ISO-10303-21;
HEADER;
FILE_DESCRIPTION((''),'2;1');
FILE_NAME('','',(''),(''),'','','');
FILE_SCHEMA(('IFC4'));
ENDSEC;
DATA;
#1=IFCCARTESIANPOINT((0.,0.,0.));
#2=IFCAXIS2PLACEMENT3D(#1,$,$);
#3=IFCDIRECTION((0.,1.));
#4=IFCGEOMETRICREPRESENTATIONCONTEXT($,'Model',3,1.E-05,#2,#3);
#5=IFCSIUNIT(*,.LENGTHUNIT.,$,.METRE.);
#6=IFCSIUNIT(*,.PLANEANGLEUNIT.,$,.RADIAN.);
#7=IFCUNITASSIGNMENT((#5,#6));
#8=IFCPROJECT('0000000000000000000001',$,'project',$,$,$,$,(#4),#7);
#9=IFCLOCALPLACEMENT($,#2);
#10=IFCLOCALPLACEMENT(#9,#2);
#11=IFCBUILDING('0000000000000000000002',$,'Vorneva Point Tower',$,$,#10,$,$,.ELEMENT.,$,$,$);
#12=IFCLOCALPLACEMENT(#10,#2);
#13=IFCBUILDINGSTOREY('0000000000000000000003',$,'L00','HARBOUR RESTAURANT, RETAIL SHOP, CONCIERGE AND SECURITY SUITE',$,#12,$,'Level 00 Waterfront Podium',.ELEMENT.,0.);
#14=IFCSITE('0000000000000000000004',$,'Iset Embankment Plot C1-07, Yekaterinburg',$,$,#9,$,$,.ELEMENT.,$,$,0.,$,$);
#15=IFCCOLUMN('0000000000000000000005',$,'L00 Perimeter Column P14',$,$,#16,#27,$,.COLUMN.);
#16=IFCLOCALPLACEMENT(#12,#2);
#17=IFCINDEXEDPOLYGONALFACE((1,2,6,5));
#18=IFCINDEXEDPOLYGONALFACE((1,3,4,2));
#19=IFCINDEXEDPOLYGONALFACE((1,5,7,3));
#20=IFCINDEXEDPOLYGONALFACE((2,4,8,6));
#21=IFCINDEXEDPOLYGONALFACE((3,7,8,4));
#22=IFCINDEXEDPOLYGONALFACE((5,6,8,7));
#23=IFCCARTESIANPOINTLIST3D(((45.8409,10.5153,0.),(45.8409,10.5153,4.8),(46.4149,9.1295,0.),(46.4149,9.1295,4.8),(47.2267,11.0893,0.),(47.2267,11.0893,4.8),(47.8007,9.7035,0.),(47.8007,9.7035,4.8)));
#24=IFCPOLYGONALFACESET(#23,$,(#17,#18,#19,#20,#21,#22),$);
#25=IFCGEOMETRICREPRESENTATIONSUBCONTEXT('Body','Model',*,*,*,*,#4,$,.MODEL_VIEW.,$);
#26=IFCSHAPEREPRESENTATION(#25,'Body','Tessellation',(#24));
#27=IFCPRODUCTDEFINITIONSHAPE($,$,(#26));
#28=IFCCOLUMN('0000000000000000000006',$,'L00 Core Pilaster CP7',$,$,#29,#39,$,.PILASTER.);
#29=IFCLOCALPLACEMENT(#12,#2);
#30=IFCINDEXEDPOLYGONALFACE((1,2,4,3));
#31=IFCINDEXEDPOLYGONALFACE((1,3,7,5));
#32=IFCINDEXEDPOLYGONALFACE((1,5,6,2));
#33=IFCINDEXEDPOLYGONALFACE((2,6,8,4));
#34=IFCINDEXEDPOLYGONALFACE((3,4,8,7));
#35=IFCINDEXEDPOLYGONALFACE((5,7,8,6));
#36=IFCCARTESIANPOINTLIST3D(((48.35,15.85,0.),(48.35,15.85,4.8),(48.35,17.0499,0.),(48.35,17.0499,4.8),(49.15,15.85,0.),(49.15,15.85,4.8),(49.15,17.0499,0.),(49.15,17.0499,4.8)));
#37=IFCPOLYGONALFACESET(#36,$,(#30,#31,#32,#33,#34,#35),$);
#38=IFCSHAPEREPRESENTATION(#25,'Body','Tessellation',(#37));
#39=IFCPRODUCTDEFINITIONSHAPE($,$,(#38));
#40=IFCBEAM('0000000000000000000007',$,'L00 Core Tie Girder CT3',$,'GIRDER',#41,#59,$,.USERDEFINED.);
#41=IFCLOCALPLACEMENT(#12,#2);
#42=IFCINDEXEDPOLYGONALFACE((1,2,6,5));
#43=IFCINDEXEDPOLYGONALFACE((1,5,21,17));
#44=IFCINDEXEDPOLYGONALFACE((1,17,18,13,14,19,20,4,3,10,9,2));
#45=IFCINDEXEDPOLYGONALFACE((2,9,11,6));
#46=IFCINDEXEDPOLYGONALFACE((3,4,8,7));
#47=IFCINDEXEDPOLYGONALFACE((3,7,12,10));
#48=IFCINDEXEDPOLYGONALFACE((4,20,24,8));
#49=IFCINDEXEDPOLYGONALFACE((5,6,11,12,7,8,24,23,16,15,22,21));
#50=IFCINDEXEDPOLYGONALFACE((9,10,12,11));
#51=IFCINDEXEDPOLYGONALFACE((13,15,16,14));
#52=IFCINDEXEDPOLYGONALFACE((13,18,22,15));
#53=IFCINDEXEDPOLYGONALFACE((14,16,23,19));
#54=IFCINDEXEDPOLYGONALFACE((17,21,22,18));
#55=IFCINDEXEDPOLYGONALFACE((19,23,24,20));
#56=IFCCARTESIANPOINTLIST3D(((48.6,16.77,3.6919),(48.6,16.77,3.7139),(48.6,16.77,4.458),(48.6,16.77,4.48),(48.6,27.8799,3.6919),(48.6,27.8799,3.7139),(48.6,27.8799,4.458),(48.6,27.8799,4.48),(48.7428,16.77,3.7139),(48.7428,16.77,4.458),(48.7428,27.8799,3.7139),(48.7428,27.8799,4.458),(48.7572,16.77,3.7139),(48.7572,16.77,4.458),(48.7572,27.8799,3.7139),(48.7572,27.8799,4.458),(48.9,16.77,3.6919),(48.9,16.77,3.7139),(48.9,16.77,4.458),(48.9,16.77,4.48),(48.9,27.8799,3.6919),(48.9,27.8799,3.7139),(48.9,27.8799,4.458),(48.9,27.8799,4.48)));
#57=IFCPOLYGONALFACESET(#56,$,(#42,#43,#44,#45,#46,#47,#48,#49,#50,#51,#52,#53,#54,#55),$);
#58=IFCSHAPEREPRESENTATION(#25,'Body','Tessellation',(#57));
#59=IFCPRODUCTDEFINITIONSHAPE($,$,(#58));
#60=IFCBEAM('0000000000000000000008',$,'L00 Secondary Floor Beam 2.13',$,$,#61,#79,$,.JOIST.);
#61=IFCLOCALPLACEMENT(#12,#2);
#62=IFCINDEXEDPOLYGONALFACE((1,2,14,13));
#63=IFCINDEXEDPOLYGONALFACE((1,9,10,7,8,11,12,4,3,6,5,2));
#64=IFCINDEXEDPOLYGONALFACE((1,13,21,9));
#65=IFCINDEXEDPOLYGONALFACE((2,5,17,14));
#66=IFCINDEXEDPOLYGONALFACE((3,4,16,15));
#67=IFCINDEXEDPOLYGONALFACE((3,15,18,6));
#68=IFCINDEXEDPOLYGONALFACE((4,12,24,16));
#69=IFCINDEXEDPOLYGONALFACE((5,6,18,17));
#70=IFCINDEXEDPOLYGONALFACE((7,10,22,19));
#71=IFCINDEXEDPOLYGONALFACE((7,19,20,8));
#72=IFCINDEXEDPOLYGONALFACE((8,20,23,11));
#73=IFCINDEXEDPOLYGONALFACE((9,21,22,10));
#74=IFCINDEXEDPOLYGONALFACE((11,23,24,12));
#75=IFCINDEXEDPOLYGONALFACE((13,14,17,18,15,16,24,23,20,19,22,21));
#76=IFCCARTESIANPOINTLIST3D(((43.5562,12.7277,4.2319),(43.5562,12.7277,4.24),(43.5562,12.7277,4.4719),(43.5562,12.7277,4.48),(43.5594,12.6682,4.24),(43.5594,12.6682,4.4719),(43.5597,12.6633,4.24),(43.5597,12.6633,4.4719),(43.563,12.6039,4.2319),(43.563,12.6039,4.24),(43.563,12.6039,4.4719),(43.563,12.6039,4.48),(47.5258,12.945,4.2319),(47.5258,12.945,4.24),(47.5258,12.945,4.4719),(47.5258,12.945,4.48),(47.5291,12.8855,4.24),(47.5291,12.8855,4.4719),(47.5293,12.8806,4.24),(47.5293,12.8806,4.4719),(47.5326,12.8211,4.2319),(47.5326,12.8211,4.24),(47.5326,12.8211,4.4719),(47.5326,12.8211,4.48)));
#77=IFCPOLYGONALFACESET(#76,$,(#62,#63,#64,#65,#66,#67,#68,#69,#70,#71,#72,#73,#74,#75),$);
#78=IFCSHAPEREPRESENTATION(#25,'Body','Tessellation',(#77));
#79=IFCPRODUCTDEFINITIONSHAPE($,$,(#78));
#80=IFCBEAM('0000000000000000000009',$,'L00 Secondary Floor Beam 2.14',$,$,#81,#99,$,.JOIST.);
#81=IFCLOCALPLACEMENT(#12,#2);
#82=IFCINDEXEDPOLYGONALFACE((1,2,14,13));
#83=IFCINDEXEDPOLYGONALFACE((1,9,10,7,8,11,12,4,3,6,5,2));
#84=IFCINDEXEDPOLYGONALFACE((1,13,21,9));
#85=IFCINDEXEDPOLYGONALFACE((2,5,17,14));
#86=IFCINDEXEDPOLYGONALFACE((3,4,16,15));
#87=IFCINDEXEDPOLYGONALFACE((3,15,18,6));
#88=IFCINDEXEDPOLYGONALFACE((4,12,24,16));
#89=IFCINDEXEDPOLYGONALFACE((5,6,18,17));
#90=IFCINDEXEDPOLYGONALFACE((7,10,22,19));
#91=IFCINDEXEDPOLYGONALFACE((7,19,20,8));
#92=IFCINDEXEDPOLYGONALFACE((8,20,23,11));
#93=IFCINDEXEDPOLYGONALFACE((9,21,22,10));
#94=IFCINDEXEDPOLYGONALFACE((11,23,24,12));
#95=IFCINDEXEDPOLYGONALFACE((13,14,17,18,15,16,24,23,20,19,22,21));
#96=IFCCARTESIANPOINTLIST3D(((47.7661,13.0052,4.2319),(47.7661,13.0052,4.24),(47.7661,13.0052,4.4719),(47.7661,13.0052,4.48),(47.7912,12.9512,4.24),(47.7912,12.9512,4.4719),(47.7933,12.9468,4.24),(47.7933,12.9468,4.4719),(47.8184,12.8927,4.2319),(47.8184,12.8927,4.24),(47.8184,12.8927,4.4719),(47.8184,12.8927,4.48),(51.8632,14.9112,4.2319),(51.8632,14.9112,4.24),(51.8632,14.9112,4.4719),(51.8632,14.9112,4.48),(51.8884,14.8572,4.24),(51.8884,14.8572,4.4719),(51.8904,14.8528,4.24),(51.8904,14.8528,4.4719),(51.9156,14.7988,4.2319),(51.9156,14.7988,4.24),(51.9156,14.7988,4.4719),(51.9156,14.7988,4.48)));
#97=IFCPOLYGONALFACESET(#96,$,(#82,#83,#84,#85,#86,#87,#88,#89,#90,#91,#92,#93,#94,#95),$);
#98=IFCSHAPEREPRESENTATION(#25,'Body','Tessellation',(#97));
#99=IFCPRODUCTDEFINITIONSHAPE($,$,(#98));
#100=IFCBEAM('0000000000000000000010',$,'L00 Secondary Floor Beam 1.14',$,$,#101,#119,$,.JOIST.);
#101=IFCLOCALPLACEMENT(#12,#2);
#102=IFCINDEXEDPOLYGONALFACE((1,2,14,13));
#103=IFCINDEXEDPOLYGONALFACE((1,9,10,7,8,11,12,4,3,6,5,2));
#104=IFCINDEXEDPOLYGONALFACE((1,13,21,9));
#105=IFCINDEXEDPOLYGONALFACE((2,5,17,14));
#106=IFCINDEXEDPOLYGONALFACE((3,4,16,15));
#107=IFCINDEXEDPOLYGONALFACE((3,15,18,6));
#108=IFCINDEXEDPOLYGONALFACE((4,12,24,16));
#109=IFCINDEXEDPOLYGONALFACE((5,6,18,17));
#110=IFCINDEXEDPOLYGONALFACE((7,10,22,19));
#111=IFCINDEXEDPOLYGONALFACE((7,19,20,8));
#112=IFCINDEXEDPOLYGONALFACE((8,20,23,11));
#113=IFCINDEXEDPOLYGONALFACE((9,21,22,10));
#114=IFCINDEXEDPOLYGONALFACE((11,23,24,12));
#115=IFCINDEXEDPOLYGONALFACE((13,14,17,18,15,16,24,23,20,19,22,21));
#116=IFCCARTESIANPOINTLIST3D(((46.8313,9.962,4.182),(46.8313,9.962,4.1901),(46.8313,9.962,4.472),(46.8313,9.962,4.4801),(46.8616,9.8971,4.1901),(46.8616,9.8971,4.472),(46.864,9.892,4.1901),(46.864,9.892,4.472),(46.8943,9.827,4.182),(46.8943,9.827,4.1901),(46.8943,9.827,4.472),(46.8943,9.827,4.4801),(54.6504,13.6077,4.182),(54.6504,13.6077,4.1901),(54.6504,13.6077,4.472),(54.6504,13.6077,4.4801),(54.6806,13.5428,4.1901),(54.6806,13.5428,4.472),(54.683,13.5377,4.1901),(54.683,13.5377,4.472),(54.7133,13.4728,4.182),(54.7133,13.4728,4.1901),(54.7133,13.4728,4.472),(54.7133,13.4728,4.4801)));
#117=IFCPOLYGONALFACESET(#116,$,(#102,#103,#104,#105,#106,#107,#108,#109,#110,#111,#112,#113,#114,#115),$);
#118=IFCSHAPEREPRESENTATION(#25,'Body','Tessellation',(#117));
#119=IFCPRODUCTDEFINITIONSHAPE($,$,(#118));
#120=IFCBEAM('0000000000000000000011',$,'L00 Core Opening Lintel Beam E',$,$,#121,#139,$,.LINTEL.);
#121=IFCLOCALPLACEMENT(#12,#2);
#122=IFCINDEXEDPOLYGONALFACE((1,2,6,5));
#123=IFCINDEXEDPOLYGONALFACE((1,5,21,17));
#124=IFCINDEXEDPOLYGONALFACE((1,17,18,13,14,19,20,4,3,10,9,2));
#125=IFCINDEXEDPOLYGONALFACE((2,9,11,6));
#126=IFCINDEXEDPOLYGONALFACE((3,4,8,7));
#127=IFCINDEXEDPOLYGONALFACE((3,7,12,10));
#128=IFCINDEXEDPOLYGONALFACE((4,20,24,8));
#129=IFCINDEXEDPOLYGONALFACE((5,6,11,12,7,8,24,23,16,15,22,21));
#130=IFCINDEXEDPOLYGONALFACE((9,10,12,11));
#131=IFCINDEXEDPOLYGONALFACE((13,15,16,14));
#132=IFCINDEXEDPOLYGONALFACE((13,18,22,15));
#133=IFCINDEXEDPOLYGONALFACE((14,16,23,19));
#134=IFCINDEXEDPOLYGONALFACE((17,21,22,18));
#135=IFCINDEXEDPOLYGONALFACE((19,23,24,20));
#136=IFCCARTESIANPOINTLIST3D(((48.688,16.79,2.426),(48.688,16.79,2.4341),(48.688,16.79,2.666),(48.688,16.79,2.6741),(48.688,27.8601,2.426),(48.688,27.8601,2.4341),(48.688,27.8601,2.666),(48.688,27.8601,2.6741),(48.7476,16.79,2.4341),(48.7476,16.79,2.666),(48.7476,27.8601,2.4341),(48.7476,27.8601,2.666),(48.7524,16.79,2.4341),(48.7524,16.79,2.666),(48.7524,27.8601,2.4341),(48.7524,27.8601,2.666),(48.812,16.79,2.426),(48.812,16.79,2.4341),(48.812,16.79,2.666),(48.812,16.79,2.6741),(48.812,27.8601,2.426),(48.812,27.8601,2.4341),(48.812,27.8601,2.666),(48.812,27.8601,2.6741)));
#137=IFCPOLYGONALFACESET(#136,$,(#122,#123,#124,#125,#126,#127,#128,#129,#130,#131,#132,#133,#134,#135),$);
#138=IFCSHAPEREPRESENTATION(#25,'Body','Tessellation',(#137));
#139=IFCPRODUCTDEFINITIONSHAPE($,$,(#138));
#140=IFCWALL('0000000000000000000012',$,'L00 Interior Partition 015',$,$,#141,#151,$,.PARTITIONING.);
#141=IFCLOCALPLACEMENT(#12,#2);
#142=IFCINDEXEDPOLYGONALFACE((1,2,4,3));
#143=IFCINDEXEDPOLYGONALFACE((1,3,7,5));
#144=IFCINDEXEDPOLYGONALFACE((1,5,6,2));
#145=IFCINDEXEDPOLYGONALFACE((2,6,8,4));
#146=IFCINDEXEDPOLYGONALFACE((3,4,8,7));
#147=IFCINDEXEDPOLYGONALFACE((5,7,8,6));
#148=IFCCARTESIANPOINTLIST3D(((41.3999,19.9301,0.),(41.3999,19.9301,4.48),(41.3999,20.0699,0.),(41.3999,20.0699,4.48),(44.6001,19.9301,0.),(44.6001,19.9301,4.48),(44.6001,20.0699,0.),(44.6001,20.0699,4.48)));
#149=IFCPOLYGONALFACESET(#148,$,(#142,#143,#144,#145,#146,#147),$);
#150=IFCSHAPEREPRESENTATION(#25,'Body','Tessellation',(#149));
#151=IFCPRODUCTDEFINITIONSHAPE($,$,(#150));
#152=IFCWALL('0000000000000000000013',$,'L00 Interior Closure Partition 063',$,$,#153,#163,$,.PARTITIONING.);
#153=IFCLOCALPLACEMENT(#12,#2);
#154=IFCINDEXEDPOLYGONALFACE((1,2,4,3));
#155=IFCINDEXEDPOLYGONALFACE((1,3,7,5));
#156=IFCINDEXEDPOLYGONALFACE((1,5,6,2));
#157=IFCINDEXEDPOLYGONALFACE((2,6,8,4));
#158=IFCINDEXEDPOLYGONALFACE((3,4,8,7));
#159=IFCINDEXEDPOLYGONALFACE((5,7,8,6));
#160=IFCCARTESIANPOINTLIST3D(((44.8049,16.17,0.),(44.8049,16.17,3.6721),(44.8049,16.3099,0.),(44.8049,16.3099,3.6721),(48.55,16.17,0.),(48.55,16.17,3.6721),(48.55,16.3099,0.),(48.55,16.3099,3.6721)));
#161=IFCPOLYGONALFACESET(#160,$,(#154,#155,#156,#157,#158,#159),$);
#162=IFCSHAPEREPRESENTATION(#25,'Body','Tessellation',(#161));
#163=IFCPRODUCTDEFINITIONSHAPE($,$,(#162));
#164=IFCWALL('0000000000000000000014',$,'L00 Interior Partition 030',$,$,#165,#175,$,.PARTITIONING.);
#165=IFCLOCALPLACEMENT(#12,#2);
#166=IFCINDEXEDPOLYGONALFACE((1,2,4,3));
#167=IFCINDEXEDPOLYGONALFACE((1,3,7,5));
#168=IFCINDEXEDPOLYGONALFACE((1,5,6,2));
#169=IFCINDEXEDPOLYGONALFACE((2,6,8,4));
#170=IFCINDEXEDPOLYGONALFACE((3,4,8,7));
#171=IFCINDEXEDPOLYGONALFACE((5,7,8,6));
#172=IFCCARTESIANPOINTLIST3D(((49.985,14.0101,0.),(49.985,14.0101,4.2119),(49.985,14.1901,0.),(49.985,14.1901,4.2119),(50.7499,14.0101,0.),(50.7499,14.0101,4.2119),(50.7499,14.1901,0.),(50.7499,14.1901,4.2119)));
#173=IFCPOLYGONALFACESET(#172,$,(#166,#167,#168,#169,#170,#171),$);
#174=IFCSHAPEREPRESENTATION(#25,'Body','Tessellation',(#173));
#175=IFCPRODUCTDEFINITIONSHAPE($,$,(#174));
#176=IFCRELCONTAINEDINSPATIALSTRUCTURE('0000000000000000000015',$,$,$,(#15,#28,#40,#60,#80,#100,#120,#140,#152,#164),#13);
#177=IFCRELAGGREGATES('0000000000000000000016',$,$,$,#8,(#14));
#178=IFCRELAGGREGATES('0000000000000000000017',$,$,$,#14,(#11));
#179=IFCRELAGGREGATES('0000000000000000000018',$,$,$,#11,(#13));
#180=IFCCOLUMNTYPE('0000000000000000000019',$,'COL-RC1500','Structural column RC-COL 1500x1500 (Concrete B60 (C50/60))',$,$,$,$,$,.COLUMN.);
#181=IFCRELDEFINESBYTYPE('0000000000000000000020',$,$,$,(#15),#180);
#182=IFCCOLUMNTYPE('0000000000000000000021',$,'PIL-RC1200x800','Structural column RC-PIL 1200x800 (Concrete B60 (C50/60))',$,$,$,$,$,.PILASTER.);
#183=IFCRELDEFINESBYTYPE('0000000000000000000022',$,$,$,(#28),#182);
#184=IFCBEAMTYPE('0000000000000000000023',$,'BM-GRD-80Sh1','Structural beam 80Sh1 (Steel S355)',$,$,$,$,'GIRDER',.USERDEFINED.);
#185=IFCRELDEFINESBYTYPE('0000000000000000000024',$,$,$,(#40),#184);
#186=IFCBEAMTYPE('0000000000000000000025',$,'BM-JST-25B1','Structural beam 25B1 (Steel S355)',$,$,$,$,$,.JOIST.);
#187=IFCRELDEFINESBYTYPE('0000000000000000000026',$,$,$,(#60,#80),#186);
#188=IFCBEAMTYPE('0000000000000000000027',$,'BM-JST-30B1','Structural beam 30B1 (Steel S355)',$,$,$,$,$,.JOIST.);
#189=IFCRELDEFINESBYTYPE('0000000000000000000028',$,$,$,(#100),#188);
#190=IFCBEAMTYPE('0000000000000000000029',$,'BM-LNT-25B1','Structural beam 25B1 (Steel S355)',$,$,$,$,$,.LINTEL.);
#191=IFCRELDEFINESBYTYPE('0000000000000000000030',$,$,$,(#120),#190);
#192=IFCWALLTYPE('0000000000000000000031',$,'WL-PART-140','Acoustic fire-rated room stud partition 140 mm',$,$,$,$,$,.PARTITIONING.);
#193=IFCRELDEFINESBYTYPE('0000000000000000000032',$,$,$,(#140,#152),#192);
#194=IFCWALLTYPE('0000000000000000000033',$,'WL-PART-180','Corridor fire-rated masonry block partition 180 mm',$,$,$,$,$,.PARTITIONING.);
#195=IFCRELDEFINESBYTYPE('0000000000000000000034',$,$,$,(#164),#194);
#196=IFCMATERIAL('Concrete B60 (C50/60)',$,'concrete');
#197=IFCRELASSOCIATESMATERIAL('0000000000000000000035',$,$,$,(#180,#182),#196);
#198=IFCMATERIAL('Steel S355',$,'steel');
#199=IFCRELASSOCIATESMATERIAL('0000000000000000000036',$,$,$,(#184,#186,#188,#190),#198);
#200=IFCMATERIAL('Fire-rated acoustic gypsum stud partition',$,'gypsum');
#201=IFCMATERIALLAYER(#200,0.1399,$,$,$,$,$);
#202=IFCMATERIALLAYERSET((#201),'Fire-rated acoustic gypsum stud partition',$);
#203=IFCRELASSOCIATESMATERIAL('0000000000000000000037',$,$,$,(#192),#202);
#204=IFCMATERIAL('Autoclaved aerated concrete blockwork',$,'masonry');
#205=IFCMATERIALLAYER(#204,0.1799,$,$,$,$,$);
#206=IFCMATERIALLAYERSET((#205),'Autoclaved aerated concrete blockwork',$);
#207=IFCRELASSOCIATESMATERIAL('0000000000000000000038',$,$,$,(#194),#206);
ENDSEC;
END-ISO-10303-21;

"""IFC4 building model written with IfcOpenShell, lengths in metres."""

from ifc_helpers import new_model, si_unit, direction, frame, frame_2d, origin, origin_2d, place, context, subcontext, project, spatial, rectangle, i_section, extrude, material, layer, layer_set, material_profile, profile_set, type_object, element, save


model = new_model("IFC4")

# Units and contexts
model_context = context("Model", 3, precision=1e-05, world=origin(), true_north=direction((0.0, 1.0)))
body_context = subcontext(model_context, "Body", "Model", "MODEL_VIEW")
ifc_project = project(units=[si_unit("LENGTHUNIT", "METRE"), si_unit("PLANEANGLEUNIT", "RADIAN")], contexts=[model_context])

# Site, building, storey
site_placement = place(None, origin())
site = spatial("IfcSite", under=ifc_project, at=site_placement, Name="Iset Embankment Plot C1-07, Yekaterinburg", CompositionType="ELEMENT", RefElevation=0.0)
building_placement = place(site_placement, origin())
building = spatial("IfcBuilding", under=site, at=building_placement, Name="Vorneva Point Tower", CompositionType="ELEMENT")
storey_placement = place(building_placement, origin())
storey = spatial("IfcBuildingStorey", under=building, at=storey_placement, Name="L00", Description="HARBOUR RESTAURANT, RETAIL SHOP, CONCIERGE AND SECURITY SUITE", LongName="Level 00 Waterfront Podium", CompositionType="ELEMENT", Elevation=0.0)

# Columns
ifc_material_1 = material(Name="Concrete B60 (C50/60)", Category="concrete")
ifc_material_profile_1 = material_profile(ifc_material_1, rectangle(XDim=1.5, YDim=1.5, at=origin_2d()), Name="RC-COL 1500x1500")
ifc_profile_set_1 = profile_set([ifc_material_profile_1], Name="Concrete B60 (C50/60)")
column_type_1 = type_object("IfcColumnType", Name="COL-RC1500", Description="Structural column RC-COL 1500x1500 (Concrete B60 (C50/60))", PredefinedType="COLUMN", material=ifc_profile_set_1)
column_1_placement = place(storey_placement, frame((46.8208, 10.1094, 0.0), z_axis=(0.0, 0.0, 1.0), x_axis=(0.382683, -0.92388, 0.0)))
element("IfcColumn", 1, at=column_1_placement, inside=storey, type_object=column_type_1, Name="L00 Perimeter Column P14", PredefinedType="COLUMN", context=body_context, shape_type="SweptSolid", body=[
    extrude(rectangle(XDim=1.5, YDim=1.5, at=origin_2d()), origin(), (0.0, 0.0, 1.0), 4.8),
])
ifc_material_profile_2 = material_profile(ifc_material_1, rectangle(XDim=0.8, YDim=1.2, at=origin_2d()), Name="RC-PIL 1200x800")
ifc_profile_set_2 = profile_set([ifc_material_profile_2], Name="Concrete B60 (C50/60)")
column_type_2 = type_object("IfcColumnType", Name="PIL-RC1200x800", Description="Structural column RC-PIL 1200x800 (Concrete B60 (C50/60))", PredefinedType="PILASTER", material=ifc_profile_set_2)
column_2_placement = place(storey_placement, frame((48.75, 16.45, 0.0), z_axis=(0.0, 0.0, 1.0), x_axis=(1.0, 0.0, 0.0)))
element("IfcColumn", 2, at=column_2_placement, inside=storey, type_object=column_type_2, Name="L00 Core Pilaster CP7", PredefinedType="PILASTER", context=body_context, shape_type="SweptSolid", body=[
    extrude(rectangle(XDim=0.8, YDim=1.2, at=origin_2d()), origin(), (0.0, 0.0, 1.0), 4.8),
])

# Beams
ifc_material_2 = material(Name="Steel S355", Category="steel")
ifc_material_profile_3 = material_profile(ifc_material_2, i_section(OverallWidth=0.3, OverallDepth=0.7881, WebThickness=0.0144, FlangeThickness=0.022, at=origin_2d()), Name="80Sh1")
ifc_profile_set_3 = profile_set([ifc_material_profile_3], Name="Steel S355")
beam_type_1 = type_object("IfcBeamType", Name="BM-GRD-80Sh1", Description="Structural beam 80Sh1 (Steel S355)", ElementType="GIRDER", PredefinedType="USERDEFINED", material=ifc_profile_set_3)
beam_1_placement = place(storey_placement, frame((48.75, 16.77, 4.0859), z_axis=(0.0, 1.0, 0.0), x_axis=(-1.0, 0.0, 0.0)))
element("IfcBeam", 3, at=beam_1_placement, inside=storey, type_object=beam_type_1, Name="L00 Core Tie Girder CT3", ObjectType="GIRDER", PredefinedType="USERDEFINED", context=body_context, shape_type="SweptSolid", body=[
    extrude(i_section(OverallWidth=0.3, OverallDepth=0.7881, WebThickness=0.0144, FlangeThickness=0.022, at=origin_2d()), origin(), (0.0, 0.0, 1.0), 11.1099),
])
ifc_material_profile_4 = material_profile(ifc_material_2, i_section(OverallWidth=0.124, OverallDepth=0.248, WebThickness=0.0049, FlangeThickness=0.0081, at=origin_2d()), Name="25B1")
ifc_profile_set_4 = profile_set([ifc_material_profile_4], Name="Steel S355")
beam_type_2 = type_object("IfcBeamType", Name="BM-JST-25B1", Description="Structural beam 25B1 (Steel S355)", PredefinedType="JOIST", material=ifc_profile_set_4)
beam_2_placement = place(storey_placement, frame((43.5596, 12.6658, 4.356), z_axis=(0.998505, 0.054654, 0.0), x_axis=(-0.054654, 0.998505, 0.0)))
element("IfcBeam", 4, at=beam_2_placement, inside=storey, type_object=beam_type_2, Name="L00 Secondary Floor Beam 2.13", PredefinedType="JOIST", context=body_context, shape_type="SweptSolid", body=[
    extrude(i_section(OverallWidth=0.124, OverallDepth=0.248, WebThickness=0.0049, FlangeThickness=0.0081, at=origin_2d()), origin(), (0.0, 0.0, 1.0), 3.9756),
])
beam_3_placement = place(storey_placement, frame((47.7922, 12.949, 4.356), z_axis=(0.906692, 0.421794, 0.0), x_axis=(-0.421794, 0.906692, 0.0)))
element("IfcBeam", 5, at=beam_3_placement, inside=storey, type_object=beam_type_2, Name="L00 Secondary Floor Beam 2.14", PredefinedType="JOIST", context=body_context, shape_type="SweptSolid", body=[
    extrude(i_section(OverallWidth=0.124, OverallDepth=0.248, WebThickness=0.0049, FlangeThickness=0.0081, at=origin_2d()), origin(), (0.0, 0.0, 1.0), 4.5188),
])
ifc_material_profile_5 = material_profile(ifc_material_2, i_section(OverallWidth=0.1489, OverallDepth=0.2981, WebThickness=0.0056, FlangeThickness=0.0081, at=origin_2d()), Name="30B1")
ifc_profile_set_5 = profile_set([ifc_material_profile_5], Name="Steel S355")
beam_type_3 = type_object("IfcBeamType", Name="BM-JST-30B1", Description="Structural beam 30B1 (Steel S355)", PredefinedType="JOIST", material=ifc_profile_set_5)
beam_4_placement = place(storey_placement, frame((46.8628, 9.8945, 4.3311), z_axis=(0.906323, 0.422585, 0.0), x_axis=(-0.422585, 0.906323, 0.0)))
element("IfcBeam", 6, at=beam_4_placement, inside=storey, type_object=beam_type_3, Name="L00 Secondary Floor Beam 1.14", PredefinedType="JOIST", context=body_context, shape_type="SweptSolid", body=[
    extrude(i_section(OverallWidth=0.1489, OverallDepth=0.2981, WebThickness=0.0056, FlangeThickness=0.0081, at=origin_2d()), origin(), (0.0, 0.0, 1.0), 8.6272),
])
ifc_material_profile_6 = material_profile(ifc_material_2, i_section(OverallWidth=0.124, OverallDepth=0.248, WebThickness=0.0049, FlangeThickness=0.0081, at=origin_2d()), Name="25B1")
ifc_profile_set_6 = profile_set([ifc_material_profile_6], Name="Steel S355")
beam_type_4 = type_object("IfcBeamType", Name="BM-LNT-25B1", Description="Structural beam 25B1 (Steel S355)", PredefinedType="LINTEL", material=ifc_profile_set_6)
beam_5_placement = place(storey_placement, frame((48.75, 16.79, 2.55), z_axis=(0.0, 1.0, 0.0), x_axis=(-1.0, 0.0, 0.0)))
element("IfcBeam", 7, at=beam_5_placement, inside=storey, type_object=beam_type_4, Name="L00 Core Opening Lintel Beam E", PredefinedType="LINTEL", context=body_context, shape_type="SweptSolid", body=[
    extrude(i_section(OverallWidth=0.124, OverallDepth=0.248, WebThickness=0.0049, FlangeThickness=0.0081, at=origin_2d()), origin(), (0.0, 0.0, 1.0), 11.0701),
])

# Walls
ifc_material_3 = material(Name="Fire-rated acoustic gypsum stud partition", Category="gypsum")
ifc_layer_1 = layer(ifc_material_3, 0.1399)
ifc_layer_set_1 = layer_set([ifc_layer_1], Name="Fire-rated acoustic gypsum stud partition")
wall_type_1 = type_object("IfcWallType", Name="WL-PART-140", Description="Acoustic fire-rated room stud partition 140 mm", PredefinedType="PARTITIONING", material=ifc_layer_set_1)
wall_1_placement = place(storey_placement, frame((44.6001, 20.0, 0.0), z_axis=(0.0, 0.0, 1.0), x_axis=(-1.0, 0.0, 0.0)))
element("IfcWall", 8, at=wall_1_placement, inside=storey, type_object=wall_type_1, Name="L00 Interior Partition 015", PredefinedType="PARTITIONING", context=body_context, shape_type="SweptSolid", body=[
    extrude(rectangle(XDim=3.2002, YDim=0.1399, at=frame_2d((1.6001, 0.0))), origin(), (0.0, 0.0, 1.0), 4.48),
])
wall_2_placement = place(storey_placement, frame((48.55, 16.24, 0.0), z_axis=(0.0, 0.0, 1.0), x_axis=(-1.0, 0.0, 0.0)))
element("IfcWall", 9, at=wall_2_placement, inside=storey, type_object=wall_type_1, Name="L00 Interior Closure Partition 063", PredefinedType="PARTITIONING", context=body_context, shape_type="SweptSolid", body=[
    extrude(rectangle(XDim=3.7451, YDim=0.1399, at=frame_2d((1.8726, 0.0))), origin(), (0.0, 0.0, 1.0), 3.6721),
])
ifc_material_4 = material(Name="Autoclaved aerated concrete blockwork", Category="masonry")
ifc_layer_2 = layer(ifc_material_4, 0.1799)
ifc_layer_set_2 = layer_set([ifc_layer_2], Name="Autoclaved aerated concrete blockwork")
wall_type_2 = type_object("IfcWallType", Name="WL-PART-180", Description="Corridor fire-rated masonry block partition 180 mm", PredefinedType="PARTITIONING", material=ifc_layer_set_2)
wall_3_placement = place(storey_placement, frame((49.9851, 14.1001, 0.0), z_axis=(0.0, 0.0, 1.0), x_axis=(1.0, 0.0, 0.0)))
element("IfcWall", 10, at=wall_3_placement, inside=storey, type_object=wall_type_2, Name="L00 Interior Partition 030", PredefinedType="PARTITIONING", context=body_context, shape_type="SweptSolid", body=[
    extrude(rectangle(XDim=0.7649, YDim=0.1799, at=frame_2d((0.3823, 0.0))), origin(), (0.0, 0.0, 1.0), 4.2119),
])

save(model, "model.ifc")
